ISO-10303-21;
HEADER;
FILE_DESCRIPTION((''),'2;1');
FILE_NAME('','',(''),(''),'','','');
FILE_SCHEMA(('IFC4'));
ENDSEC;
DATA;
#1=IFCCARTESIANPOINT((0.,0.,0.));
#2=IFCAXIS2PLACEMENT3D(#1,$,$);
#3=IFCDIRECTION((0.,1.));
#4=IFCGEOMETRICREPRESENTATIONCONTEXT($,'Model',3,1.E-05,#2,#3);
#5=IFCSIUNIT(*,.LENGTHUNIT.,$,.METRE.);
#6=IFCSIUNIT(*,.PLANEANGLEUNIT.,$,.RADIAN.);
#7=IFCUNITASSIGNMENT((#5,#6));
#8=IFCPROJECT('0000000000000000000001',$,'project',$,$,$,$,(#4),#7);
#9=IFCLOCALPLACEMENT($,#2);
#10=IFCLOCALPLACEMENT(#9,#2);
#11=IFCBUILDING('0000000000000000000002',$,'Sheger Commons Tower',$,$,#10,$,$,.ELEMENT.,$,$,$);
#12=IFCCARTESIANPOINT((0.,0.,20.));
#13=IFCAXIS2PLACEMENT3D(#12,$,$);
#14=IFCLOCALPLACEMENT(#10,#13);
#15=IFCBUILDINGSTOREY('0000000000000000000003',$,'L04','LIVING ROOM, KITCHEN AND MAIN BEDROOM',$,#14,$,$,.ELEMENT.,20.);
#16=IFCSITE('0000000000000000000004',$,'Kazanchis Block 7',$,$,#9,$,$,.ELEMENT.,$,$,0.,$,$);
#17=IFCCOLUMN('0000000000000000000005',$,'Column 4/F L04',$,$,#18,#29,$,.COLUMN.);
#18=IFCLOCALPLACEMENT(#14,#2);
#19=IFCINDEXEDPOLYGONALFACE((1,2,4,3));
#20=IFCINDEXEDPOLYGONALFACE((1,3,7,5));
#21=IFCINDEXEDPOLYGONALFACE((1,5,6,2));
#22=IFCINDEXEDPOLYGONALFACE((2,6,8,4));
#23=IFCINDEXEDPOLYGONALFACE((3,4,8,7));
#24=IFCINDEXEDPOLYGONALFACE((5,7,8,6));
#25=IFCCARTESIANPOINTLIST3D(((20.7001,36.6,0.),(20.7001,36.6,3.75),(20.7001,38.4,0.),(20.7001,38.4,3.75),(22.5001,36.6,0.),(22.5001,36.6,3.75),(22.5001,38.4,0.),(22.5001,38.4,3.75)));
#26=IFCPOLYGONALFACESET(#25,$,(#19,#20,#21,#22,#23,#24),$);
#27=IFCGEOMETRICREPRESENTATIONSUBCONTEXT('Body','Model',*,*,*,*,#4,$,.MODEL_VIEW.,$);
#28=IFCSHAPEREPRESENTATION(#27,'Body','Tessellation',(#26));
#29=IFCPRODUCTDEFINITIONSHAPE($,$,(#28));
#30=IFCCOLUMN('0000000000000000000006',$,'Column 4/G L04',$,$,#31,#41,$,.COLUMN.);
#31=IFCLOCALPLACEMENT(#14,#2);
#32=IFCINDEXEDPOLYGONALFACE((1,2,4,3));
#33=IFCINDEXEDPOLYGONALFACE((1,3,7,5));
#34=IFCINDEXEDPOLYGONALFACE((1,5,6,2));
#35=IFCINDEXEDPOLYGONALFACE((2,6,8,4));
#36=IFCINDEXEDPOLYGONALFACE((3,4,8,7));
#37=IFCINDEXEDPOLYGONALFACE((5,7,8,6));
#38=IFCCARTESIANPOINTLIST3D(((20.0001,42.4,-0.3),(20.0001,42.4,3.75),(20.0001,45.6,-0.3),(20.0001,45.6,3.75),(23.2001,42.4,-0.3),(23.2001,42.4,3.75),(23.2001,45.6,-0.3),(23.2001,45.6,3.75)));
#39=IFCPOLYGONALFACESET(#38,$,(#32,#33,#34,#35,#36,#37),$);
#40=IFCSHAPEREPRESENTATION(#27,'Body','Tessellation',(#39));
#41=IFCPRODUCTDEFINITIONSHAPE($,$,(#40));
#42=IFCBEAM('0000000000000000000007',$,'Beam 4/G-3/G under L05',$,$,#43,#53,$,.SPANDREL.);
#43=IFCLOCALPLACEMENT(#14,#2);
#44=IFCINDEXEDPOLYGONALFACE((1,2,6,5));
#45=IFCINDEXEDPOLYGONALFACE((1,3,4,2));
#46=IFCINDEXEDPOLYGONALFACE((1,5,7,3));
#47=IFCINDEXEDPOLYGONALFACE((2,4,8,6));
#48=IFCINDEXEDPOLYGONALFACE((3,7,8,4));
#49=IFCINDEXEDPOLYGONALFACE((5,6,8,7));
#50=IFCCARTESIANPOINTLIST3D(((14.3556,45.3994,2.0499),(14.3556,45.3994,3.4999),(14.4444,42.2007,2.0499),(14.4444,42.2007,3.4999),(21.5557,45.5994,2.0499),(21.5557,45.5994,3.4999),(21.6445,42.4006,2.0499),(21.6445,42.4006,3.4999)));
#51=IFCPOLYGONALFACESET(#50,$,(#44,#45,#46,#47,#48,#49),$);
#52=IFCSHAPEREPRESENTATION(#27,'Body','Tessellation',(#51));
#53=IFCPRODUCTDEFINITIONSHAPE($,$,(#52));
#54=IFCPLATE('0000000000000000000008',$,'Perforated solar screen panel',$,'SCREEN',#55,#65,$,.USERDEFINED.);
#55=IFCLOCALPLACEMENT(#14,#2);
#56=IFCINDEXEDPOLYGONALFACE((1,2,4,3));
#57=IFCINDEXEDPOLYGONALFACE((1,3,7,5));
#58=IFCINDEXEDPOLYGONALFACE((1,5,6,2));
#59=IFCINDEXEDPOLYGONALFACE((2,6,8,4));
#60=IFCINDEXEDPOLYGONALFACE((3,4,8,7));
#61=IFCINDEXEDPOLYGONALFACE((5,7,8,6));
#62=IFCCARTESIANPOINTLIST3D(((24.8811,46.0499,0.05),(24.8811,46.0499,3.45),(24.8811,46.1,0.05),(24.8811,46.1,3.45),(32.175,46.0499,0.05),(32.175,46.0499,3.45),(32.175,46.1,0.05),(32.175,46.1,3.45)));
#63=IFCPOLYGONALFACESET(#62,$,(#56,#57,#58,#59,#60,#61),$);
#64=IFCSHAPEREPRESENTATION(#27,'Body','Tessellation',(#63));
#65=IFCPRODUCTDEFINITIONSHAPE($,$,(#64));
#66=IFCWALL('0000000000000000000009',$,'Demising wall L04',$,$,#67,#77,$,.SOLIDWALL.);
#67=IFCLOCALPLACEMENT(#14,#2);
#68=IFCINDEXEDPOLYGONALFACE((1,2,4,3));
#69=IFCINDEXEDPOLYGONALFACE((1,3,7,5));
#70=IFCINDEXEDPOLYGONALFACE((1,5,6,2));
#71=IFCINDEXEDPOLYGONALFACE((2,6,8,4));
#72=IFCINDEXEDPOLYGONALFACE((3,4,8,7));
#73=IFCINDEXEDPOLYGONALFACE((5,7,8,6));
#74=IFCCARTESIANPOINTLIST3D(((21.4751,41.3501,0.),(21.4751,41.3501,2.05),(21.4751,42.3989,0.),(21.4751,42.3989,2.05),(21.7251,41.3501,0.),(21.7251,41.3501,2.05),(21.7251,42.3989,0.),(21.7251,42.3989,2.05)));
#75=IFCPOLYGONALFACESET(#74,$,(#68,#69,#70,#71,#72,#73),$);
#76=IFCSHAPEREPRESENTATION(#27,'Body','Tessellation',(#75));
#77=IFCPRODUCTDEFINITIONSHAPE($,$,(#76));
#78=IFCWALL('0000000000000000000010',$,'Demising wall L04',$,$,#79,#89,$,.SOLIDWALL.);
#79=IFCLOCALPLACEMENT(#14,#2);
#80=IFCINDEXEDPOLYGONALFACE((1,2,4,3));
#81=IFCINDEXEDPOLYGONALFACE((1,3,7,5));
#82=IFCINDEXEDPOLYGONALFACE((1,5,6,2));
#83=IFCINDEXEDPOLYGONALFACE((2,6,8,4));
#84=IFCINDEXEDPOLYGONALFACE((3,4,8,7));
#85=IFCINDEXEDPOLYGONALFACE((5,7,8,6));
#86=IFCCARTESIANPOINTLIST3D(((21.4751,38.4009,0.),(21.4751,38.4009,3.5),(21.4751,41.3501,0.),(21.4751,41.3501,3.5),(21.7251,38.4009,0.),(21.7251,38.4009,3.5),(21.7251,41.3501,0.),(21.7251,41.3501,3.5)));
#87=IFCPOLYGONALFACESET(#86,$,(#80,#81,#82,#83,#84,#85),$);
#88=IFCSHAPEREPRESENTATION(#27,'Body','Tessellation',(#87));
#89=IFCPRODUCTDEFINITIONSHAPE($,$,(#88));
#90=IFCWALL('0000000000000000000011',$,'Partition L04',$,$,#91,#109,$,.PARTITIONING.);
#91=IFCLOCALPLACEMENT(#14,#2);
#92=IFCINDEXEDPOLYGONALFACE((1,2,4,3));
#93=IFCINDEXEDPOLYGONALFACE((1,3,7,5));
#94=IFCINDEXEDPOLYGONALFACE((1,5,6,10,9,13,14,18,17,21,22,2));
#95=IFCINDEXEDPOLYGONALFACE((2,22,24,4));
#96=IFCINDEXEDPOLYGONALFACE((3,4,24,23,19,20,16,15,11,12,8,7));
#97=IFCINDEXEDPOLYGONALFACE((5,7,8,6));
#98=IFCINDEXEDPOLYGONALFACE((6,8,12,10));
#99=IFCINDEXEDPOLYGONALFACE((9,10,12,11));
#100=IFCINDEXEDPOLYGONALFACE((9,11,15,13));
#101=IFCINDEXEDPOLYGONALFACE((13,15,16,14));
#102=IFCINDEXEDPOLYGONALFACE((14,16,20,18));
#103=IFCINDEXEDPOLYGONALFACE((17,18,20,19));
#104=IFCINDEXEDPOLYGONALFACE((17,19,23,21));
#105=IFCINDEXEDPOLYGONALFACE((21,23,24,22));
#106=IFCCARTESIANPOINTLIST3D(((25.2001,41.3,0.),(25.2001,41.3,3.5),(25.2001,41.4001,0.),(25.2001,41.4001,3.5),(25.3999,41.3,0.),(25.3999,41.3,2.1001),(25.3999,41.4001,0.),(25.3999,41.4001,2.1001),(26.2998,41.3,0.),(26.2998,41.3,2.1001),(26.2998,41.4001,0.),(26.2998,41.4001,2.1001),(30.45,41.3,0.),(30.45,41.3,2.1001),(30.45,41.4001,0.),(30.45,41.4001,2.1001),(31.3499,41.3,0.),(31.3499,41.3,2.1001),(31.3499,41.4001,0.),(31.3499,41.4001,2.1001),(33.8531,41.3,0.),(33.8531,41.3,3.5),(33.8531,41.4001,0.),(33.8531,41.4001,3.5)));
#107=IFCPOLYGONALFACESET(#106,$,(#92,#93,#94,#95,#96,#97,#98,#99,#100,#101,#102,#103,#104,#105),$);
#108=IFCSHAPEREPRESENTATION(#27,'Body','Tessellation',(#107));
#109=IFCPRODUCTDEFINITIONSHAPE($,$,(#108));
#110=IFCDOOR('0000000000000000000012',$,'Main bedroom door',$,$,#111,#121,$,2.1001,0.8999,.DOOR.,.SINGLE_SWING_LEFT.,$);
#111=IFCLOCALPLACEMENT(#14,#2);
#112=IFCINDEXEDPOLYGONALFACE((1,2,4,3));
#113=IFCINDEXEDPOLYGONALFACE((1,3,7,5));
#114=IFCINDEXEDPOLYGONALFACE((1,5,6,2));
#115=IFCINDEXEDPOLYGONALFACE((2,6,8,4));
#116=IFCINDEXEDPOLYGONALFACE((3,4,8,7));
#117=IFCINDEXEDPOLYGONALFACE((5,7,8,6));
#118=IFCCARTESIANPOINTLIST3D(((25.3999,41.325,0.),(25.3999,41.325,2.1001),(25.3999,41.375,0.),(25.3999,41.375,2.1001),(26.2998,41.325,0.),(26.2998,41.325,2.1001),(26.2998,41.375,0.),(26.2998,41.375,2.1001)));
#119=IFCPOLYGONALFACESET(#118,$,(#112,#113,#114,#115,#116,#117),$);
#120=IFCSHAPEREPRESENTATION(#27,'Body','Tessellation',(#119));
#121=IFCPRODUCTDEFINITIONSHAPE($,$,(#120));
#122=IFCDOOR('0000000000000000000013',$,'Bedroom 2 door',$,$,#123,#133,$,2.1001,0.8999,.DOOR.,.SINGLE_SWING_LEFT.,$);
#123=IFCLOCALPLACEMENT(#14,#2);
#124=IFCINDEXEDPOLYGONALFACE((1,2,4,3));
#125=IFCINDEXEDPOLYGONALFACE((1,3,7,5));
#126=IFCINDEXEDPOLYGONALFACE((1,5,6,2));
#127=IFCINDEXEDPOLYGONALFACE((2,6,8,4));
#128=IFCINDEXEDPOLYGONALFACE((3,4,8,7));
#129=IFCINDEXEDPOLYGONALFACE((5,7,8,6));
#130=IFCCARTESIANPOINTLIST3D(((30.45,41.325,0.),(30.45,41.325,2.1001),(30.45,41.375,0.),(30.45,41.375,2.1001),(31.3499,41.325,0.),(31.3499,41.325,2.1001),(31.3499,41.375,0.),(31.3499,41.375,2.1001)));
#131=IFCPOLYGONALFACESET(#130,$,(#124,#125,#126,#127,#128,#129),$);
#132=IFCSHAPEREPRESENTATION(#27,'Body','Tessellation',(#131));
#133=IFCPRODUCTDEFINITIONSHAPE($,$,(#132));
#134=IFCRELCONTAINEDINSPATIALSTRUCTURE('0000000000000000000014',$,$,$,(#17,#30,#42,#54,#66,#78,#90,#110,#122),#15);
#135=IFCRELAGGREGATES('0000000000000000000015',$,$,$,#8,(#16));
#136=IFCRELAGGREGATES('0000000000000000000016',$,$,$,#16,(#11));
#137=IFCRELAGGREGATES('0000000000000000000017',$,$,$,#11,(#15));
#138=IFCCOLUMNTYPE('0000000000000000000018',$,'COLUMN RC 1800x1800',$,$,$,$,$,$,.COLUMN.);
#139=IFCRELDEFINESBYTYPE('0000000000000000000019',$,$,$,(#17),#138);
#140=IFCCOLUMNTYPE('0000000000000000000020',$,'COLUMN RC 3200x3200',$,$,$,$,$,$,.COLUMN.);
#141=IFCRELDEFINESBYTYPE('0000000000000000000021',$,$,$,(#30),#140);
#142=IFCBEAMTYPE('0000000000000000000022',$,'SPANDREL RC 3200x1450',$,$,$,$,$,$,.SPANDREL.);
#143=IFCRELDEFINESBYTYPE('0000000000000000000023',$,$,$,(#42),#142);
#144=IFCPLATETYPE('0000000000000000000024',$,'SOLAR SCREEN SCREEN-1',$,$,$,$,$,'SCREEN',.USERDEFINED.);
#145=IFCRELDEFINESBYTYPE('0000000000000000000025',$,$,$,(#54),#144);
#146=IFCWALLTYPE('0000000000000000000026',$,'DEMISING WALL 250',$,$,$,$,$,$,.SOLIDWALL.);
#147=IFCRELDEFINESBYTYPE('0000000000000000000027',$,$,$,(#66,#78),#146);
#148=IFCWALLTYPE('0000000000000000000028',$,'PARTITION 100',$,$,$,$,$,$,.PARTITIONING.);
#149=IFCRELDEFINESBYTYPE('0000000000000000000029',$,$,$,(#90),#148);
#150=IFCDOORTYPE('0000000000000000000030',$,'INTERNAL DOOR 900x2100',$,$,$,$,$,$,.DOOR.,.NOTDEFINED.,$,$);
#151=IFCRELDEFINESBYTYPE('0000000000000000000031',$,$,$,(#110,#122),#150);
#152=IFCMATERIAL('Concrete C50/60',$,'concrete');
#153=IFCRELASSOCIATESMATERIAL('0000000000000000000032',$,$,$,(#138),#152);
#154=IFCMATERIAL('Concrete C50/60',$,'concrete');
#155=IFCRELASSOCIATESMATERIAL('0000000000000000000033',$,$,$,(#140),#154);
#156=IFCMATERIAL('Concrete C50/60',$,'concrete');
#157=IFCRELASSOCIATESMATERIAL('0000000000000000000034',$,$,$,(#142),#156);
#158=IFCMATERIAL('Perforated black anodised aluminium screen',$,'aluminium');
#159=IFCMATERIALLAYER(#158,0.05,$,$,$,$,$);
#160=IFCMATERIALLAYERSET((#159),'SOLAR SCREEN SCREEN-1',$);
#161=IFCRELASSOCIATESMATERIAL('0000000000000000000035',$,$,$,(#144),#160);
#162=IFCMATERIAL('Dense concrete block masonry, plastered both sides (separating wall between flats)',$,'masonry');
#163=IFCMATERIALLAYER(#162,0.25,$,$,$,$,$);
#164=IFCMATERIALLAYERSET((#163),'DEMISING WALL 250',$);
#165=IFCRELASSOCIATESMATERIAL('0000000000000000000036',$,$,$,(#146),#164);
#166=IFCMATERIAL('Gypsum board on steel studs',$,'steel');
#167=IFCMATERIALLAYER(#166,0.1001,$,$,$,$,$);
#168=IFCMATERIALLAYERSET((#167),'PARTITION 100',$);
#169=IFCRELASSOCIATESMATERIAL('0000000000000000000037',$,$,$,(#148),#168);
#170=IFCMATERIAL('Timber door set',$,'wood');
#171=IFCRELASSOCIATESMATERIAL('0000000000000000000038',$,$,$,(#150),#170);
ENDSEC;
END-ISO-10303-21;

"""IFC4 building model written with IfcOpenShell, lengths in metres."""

from ifc_helpers import new_model, si_unit, direction, frame, frame_2d, origin, origin_2d, place, context, subcontext, project, spatial, rectangle, extrude, material, layer, layer_set, material_profile, profile_set, type_object, element, fill, save


model = new_model("IFC4")

# Units and contexts
model_context = context("Model", 3, precision=1e-05, world=origin(), true_north=direction((0.0, 1.0)))
body_context = subcontext(model_context, "Body", "Model", "MODEL_VIEW")
ifc_project = project(units=[si_unit("LENGTHUNIT", "METRE"), si_unit("PLANEANGLEUNIT", "RADIAN")], contexts=[model_context])

# Site, building, storey
site_placement = place(None, origin())
site = spatial("IfcSite", under=ifc_project, at=site_placement, Name="Kazanchis Block 7", CompositionType="ELEMENT", RefElevation=0.0)
building_placement = place(site_placement, origin())
building = spatial("IfcBuilding", under=site, at=building_placement, Name="Sheger Commons Tower", CompositionType="ELEMENT")
storey_placement = place(building_placement, frame((0.0, 0.0, 20.0)))
storey = spatial("IfcBuildingStorey", under=building, at=storey_placement, Name="L04", Description="LIVING ROOM, KITCHEN AND MAIN BEDROOM", CompositionType="ELEMENT", Elevation=20.0)

# Columns
ifc_material_1 = material(Name="Concrete C50/60", Category="concrete")
ifc_material_profile_1 = material_profile(ifc_material_1, rectangle(XDim=1.8, YDim=1.8, at=origin_2d()), Name="RC 1800x1800")
ifc_profile_set_1 = profile_set([ifc_material_profile_1], Name="Concrete C50/60")
column_type_1 = type_object("IfcColumnType", Name="COLUMN RC 1800x1800", PredefinedType="COLUMN", material=ifc_profile_set_1)
column_1_placement = place(storey_placement, frame((21.6001, 37.5, 0.0), z_axis=(0.0, 0.0, 1.0), x_axis=(1.0, 0.0, 0.0)))
element("IfcColumn", 1, at=column_1_placement, inside=storey, type_object=column_type_1, Name="Column 4/F L04", PredefinedType="COLUMN", context=body_context, shape_type="SweptSolid", body=[
    extrude(rectangle(XDim=1.8, YDim=1.8, at=origin_2d()), origin(), (0.0, 0.0, 1.0), 3.75),
])
ifc_material_2 = material(Name="Concrete C50/60", Category="concrete")
ifc_material_profile_2 = material_profile(ifc_material_2, rectangle(XDim=3.2, YDim=3.2, at=origin_2d()), Name="RC 3200x3200")
ifc_profile_set_2 = profile_set([ifc_material_profile_2], Name="Concrete C50/60")
column_type_2 = type_object("IfcColumnType", Name="COLUMN RC 3200x3200", PredefinedType="COLUMN", material=ifc_profile_set_2)
column_2_placement = place(storey_placement, frame((21.6001, 44.0, -0.3), z_axis=(0.0, 0.0, 1.0), x_axis=(1.0, 0.0, 0.0)))
element("IfcColumn", 2, at=column_2_placement, inside=storey, type_object=column_type_2, Name="Column 4/G L04", PredefinedType="COLUMN", context=body_context, shape_type="SweptSolid", body=[
    extrude(rectangle(XDim=3.2, YDim=3.2, at=origin_2d()), origin(), (0.0, 0.0, 1.0), 4.05),
])

# Beam
ifc_material_3 = material(Name="Concrete C50/60", Category="concrete")
ifc_material_profile_3 = material_profile(ifc_material_3, rectangle(XDim=3.2, YDim=1.45, at=origin_2d()), Name="RC 3200x1450")
ifc_profile_set_3 = profile_set([ifc_material_profile_3], Name="Concrete C50/60")
beam_type = type_object("IfcBeamType", Name="SPANDREL RC 3200x1450", PredefinedType="SPANDREL", material=ifc_profile_set_3)
beam_placement = place(storey_placement, frame((21.6001, 44.0, 2.7749), z_axis=(-0.999615, -0.02776, 0.0), x_axis=(0.02776, -0.999615, 0.0)))
element("IfcBeam", 3, at=beam_placement, inside=storey, type_object=beam_type, Name="Beam 4/G-3/G under L05", PredefinedType="SPANDREL", context=body_context, shape_type="SweptSolid", body=[
    extrude(rectangle(XDim=3.2, YDim=1.45, at=origin_2d()), origin(), (0.0, 0.0, 1.0), 7.2029),
])

# Plate
ifc_material_4 = material(Name="Perforated black anodised aluminium screen", Category="aluminium")
ifc_layer_1 = layer(ifc_material_4, 0.05)
ifc_layer_set_1 = layer_set([ifc_layer_1], Name="SOLAR SCREEN SCREEN-1")
plate_type = type_object("IfcPlateType", Name="SOLAR SCREEN SCREEN-1", ElementType="SCREEN", PredefinedType="USERDEFINED", material=ifc_layer_set_1)
plate_placement = place(storey_placement, frame((28.5281, 46.075, 0.05), z_axis=(0.0, 0.0, 1.0), x_axis=(-1.0, 0.0, 0.0)))
element("IfcPlate", 4, at=plate_placement, inside=storey, type_object=plate_type, Name="Perforated solar screen panel", ObjectType="SCREEN", PredefinedType="USERDEFINED", context=body_context, shape_type="SweptSolid", body=[
    extrude(rectangle(XDim=7.2939, YDim=0.05, at=origin_2d()), origin(), (0.0, 0.0, 1.0), 3.3999),
])

# Walls
ifc_material_5 = material(Name="Dense concrete block masonry, plastered both sides (separating wall between flats)", Category="masonry")
ifc_layer_2 = layer(ifc_material_5, 0.25)
ifc_layer_set_2 = layer_set([ifc_layer_2], Name="DEMISING WALL 250")
wall_type_1 = type_object("IfcWallType", Name="DEMISING WALL 250", PredefinedType="SOLIDWALL", material=ifc_layer_set_2)
wall_1_placement = place(storey_placement, frame((21.6001, 41.3501, 0.0), z_axis=(0.0, 0.0, 1.0), x_axis=(0.0, 1.0, 0.0)))
element("IfcWall", 5, at=wall_1_placement, inside=storey, type_object=wall_type_1, Name="Demising wall L04", PredefinedType="SOLIDWALL", context=body_context, shape_type="SweptSolid", body=[
    extrude(rectangle(XDim=1.0488, YDim=0.25, at=frame_2d((0.5244, 0.0))), origin(), (0.0, 0.0, 1.0), 2.05),
])
wall_2_placement = place(storey_placement, frame((21.6001, 38.4009, 0.0), z_axis=(0.0, 0.0, 1.0), x_axis=(0.0, 1.0, 0.0)))
element("IfcWall", 6, at=wall_2_placement, inside=storey, type_object=wall_type_1, Name="Demising wall L04", PredefinedType="SOLIDWALL", context=body_context, shape_type="SweptSolid", body=[
    extrude(rectangle(XDim=2.9492, YDim=0.25, at=frame_2d((1.4746, 0.0))), origin(), (0.0, 0.0, 1.0), 3.5),
])

# Wall, openings, doors
ifc_material_6 = material(Name="Gypsum board on steel studs", Category="steel")
ifc_layer_3 = layer(ifc_material_6, 0.1001)
ifc_layer_set_3 = layer_set([ifc_layer_3], Name="PARTITION 100")
wall_type_2 = type_object("IfcWallType", Name="PARTITION 100", PredefinedType="PARTITIONING", material=ifc_layer_set_3)
wall_3_placement = place(storey_placement, frame((25.2, 41.3501, 0.0), z_axis=(0.0, 0.0, 1.0), x_axis=(1.0, 0.0, 0.0)))
wall_3 = element("IfcWall", 7, at=wall_3_placement, inside=storey, type_object=wall_type_2, Name="Partition L04", PredefinedType="PARTITIONING", context=body_context, shape_type="SweptSolid", body=[
    extrude(rectangle(XDim=8.6531, YDim=0.1001, at=frame_2d((4.3267, 0.0))), origin(), (0.0, 0.0, 1.0), 3.5),
])
opening_1_placement = place(wall_3_placement, frame((0.2, 0.0, 0.0)))
opening_1 = element("IfcOpeningElement", 8, at=opening_1_placement, cuts=wall_3, PredefinedType="OPENING", context=body_context, shape_type="SweptSolid", body=[
    extrude(rectangle(XDim=0.8999, YDim=2.1001, at=frame_2d((0.45, 1.05))), frame((0.0, 0.0601, 0.0), z_axis=(0.0, -1.0, 0.0), x_axis=(1.0, 0.0, 0.0)), (0.0, 0.0, 1.0), 0.1201),
])
opening_2_placement = place(wall_3_placement, frame((5.25, 0.0, 0.0)))
opening_2 = element("IfcOpeningElement", 9, at=opening_2_placement, cuts=wall_3, PredefinedType="OPENING", context=body_context, shape_type="SweptSolid", body=[
    extrude(rectangle(XDim=0.8999, YDim=2.1001, at=frame_2d((0.45, 1.05))), frame((0.0, 0.0601, 0.0), z_axis=(0.0, -1.0, 0.0), x_axis=(1.0, 0.0, 0.0)), (0.0, 0.0, 1.0), 0.1201),
])
ifc_material_7 = material(Name="Timber door set", Category="wood")
door_type = type_object("IfcDoorType", Name="INTERNAL DOOR 900x2100", OperationType="NOTDEFINED", PredefinedType="DOOR", material=ifc_material_7)
door_1_placement = place(opening_1_placement, origin())
door_1 = element("IfcDoor", 10, at=door_1_placement, inside=storey, type_object=door_type, Name="Main bedroom door", OperationType="SINGLE_SWING_LEFT", OverallHeight=2.1001, OverallWidth=0.8999, PredefinedType="DOOR", context=body_context, shape_type="SweptSolid", body=[
    extrude(rectangle(XDim=0.8999, YDim=2.1001, at=frame_2d((0.45, 1.05))), frame((0.0, 0.0249, 0.0), z_axis=(0.0, -1.0, 0.0), x_axis=(1.0, 0.0, 0.0)), (0.0, 0.0, 1.0), 0.05),
])
fill(opening_1, door_1)
door_2_placement = place(opening_2_placement, origin())
door_2 = element("IfcDoor", 11, at=door_2_placement, inside=storey, type_object=door_type, Name="Bedroom 2 door", OperationType="SINGLE_SWING_LEFT", OverallHeight=2.1001, OverallWidth=0.8999, PredefinedType="DOOR", context=body_context, shape_type="SweptSolid", body=[
    extrude(rectangle(XDim=0.8999, YDim=2.1001, at=frame_2d((0.45, 1.05))), frame((0.0, 0.0249, 0.0), z_axis=(0.0, -1.0, 0.0), x_axis=(1.0, 0.0, 0.0)), (0.0, 0.0, 1.0), 0.05),
])
fill(opening_2, door_2)

save(model, "model.ifc")
